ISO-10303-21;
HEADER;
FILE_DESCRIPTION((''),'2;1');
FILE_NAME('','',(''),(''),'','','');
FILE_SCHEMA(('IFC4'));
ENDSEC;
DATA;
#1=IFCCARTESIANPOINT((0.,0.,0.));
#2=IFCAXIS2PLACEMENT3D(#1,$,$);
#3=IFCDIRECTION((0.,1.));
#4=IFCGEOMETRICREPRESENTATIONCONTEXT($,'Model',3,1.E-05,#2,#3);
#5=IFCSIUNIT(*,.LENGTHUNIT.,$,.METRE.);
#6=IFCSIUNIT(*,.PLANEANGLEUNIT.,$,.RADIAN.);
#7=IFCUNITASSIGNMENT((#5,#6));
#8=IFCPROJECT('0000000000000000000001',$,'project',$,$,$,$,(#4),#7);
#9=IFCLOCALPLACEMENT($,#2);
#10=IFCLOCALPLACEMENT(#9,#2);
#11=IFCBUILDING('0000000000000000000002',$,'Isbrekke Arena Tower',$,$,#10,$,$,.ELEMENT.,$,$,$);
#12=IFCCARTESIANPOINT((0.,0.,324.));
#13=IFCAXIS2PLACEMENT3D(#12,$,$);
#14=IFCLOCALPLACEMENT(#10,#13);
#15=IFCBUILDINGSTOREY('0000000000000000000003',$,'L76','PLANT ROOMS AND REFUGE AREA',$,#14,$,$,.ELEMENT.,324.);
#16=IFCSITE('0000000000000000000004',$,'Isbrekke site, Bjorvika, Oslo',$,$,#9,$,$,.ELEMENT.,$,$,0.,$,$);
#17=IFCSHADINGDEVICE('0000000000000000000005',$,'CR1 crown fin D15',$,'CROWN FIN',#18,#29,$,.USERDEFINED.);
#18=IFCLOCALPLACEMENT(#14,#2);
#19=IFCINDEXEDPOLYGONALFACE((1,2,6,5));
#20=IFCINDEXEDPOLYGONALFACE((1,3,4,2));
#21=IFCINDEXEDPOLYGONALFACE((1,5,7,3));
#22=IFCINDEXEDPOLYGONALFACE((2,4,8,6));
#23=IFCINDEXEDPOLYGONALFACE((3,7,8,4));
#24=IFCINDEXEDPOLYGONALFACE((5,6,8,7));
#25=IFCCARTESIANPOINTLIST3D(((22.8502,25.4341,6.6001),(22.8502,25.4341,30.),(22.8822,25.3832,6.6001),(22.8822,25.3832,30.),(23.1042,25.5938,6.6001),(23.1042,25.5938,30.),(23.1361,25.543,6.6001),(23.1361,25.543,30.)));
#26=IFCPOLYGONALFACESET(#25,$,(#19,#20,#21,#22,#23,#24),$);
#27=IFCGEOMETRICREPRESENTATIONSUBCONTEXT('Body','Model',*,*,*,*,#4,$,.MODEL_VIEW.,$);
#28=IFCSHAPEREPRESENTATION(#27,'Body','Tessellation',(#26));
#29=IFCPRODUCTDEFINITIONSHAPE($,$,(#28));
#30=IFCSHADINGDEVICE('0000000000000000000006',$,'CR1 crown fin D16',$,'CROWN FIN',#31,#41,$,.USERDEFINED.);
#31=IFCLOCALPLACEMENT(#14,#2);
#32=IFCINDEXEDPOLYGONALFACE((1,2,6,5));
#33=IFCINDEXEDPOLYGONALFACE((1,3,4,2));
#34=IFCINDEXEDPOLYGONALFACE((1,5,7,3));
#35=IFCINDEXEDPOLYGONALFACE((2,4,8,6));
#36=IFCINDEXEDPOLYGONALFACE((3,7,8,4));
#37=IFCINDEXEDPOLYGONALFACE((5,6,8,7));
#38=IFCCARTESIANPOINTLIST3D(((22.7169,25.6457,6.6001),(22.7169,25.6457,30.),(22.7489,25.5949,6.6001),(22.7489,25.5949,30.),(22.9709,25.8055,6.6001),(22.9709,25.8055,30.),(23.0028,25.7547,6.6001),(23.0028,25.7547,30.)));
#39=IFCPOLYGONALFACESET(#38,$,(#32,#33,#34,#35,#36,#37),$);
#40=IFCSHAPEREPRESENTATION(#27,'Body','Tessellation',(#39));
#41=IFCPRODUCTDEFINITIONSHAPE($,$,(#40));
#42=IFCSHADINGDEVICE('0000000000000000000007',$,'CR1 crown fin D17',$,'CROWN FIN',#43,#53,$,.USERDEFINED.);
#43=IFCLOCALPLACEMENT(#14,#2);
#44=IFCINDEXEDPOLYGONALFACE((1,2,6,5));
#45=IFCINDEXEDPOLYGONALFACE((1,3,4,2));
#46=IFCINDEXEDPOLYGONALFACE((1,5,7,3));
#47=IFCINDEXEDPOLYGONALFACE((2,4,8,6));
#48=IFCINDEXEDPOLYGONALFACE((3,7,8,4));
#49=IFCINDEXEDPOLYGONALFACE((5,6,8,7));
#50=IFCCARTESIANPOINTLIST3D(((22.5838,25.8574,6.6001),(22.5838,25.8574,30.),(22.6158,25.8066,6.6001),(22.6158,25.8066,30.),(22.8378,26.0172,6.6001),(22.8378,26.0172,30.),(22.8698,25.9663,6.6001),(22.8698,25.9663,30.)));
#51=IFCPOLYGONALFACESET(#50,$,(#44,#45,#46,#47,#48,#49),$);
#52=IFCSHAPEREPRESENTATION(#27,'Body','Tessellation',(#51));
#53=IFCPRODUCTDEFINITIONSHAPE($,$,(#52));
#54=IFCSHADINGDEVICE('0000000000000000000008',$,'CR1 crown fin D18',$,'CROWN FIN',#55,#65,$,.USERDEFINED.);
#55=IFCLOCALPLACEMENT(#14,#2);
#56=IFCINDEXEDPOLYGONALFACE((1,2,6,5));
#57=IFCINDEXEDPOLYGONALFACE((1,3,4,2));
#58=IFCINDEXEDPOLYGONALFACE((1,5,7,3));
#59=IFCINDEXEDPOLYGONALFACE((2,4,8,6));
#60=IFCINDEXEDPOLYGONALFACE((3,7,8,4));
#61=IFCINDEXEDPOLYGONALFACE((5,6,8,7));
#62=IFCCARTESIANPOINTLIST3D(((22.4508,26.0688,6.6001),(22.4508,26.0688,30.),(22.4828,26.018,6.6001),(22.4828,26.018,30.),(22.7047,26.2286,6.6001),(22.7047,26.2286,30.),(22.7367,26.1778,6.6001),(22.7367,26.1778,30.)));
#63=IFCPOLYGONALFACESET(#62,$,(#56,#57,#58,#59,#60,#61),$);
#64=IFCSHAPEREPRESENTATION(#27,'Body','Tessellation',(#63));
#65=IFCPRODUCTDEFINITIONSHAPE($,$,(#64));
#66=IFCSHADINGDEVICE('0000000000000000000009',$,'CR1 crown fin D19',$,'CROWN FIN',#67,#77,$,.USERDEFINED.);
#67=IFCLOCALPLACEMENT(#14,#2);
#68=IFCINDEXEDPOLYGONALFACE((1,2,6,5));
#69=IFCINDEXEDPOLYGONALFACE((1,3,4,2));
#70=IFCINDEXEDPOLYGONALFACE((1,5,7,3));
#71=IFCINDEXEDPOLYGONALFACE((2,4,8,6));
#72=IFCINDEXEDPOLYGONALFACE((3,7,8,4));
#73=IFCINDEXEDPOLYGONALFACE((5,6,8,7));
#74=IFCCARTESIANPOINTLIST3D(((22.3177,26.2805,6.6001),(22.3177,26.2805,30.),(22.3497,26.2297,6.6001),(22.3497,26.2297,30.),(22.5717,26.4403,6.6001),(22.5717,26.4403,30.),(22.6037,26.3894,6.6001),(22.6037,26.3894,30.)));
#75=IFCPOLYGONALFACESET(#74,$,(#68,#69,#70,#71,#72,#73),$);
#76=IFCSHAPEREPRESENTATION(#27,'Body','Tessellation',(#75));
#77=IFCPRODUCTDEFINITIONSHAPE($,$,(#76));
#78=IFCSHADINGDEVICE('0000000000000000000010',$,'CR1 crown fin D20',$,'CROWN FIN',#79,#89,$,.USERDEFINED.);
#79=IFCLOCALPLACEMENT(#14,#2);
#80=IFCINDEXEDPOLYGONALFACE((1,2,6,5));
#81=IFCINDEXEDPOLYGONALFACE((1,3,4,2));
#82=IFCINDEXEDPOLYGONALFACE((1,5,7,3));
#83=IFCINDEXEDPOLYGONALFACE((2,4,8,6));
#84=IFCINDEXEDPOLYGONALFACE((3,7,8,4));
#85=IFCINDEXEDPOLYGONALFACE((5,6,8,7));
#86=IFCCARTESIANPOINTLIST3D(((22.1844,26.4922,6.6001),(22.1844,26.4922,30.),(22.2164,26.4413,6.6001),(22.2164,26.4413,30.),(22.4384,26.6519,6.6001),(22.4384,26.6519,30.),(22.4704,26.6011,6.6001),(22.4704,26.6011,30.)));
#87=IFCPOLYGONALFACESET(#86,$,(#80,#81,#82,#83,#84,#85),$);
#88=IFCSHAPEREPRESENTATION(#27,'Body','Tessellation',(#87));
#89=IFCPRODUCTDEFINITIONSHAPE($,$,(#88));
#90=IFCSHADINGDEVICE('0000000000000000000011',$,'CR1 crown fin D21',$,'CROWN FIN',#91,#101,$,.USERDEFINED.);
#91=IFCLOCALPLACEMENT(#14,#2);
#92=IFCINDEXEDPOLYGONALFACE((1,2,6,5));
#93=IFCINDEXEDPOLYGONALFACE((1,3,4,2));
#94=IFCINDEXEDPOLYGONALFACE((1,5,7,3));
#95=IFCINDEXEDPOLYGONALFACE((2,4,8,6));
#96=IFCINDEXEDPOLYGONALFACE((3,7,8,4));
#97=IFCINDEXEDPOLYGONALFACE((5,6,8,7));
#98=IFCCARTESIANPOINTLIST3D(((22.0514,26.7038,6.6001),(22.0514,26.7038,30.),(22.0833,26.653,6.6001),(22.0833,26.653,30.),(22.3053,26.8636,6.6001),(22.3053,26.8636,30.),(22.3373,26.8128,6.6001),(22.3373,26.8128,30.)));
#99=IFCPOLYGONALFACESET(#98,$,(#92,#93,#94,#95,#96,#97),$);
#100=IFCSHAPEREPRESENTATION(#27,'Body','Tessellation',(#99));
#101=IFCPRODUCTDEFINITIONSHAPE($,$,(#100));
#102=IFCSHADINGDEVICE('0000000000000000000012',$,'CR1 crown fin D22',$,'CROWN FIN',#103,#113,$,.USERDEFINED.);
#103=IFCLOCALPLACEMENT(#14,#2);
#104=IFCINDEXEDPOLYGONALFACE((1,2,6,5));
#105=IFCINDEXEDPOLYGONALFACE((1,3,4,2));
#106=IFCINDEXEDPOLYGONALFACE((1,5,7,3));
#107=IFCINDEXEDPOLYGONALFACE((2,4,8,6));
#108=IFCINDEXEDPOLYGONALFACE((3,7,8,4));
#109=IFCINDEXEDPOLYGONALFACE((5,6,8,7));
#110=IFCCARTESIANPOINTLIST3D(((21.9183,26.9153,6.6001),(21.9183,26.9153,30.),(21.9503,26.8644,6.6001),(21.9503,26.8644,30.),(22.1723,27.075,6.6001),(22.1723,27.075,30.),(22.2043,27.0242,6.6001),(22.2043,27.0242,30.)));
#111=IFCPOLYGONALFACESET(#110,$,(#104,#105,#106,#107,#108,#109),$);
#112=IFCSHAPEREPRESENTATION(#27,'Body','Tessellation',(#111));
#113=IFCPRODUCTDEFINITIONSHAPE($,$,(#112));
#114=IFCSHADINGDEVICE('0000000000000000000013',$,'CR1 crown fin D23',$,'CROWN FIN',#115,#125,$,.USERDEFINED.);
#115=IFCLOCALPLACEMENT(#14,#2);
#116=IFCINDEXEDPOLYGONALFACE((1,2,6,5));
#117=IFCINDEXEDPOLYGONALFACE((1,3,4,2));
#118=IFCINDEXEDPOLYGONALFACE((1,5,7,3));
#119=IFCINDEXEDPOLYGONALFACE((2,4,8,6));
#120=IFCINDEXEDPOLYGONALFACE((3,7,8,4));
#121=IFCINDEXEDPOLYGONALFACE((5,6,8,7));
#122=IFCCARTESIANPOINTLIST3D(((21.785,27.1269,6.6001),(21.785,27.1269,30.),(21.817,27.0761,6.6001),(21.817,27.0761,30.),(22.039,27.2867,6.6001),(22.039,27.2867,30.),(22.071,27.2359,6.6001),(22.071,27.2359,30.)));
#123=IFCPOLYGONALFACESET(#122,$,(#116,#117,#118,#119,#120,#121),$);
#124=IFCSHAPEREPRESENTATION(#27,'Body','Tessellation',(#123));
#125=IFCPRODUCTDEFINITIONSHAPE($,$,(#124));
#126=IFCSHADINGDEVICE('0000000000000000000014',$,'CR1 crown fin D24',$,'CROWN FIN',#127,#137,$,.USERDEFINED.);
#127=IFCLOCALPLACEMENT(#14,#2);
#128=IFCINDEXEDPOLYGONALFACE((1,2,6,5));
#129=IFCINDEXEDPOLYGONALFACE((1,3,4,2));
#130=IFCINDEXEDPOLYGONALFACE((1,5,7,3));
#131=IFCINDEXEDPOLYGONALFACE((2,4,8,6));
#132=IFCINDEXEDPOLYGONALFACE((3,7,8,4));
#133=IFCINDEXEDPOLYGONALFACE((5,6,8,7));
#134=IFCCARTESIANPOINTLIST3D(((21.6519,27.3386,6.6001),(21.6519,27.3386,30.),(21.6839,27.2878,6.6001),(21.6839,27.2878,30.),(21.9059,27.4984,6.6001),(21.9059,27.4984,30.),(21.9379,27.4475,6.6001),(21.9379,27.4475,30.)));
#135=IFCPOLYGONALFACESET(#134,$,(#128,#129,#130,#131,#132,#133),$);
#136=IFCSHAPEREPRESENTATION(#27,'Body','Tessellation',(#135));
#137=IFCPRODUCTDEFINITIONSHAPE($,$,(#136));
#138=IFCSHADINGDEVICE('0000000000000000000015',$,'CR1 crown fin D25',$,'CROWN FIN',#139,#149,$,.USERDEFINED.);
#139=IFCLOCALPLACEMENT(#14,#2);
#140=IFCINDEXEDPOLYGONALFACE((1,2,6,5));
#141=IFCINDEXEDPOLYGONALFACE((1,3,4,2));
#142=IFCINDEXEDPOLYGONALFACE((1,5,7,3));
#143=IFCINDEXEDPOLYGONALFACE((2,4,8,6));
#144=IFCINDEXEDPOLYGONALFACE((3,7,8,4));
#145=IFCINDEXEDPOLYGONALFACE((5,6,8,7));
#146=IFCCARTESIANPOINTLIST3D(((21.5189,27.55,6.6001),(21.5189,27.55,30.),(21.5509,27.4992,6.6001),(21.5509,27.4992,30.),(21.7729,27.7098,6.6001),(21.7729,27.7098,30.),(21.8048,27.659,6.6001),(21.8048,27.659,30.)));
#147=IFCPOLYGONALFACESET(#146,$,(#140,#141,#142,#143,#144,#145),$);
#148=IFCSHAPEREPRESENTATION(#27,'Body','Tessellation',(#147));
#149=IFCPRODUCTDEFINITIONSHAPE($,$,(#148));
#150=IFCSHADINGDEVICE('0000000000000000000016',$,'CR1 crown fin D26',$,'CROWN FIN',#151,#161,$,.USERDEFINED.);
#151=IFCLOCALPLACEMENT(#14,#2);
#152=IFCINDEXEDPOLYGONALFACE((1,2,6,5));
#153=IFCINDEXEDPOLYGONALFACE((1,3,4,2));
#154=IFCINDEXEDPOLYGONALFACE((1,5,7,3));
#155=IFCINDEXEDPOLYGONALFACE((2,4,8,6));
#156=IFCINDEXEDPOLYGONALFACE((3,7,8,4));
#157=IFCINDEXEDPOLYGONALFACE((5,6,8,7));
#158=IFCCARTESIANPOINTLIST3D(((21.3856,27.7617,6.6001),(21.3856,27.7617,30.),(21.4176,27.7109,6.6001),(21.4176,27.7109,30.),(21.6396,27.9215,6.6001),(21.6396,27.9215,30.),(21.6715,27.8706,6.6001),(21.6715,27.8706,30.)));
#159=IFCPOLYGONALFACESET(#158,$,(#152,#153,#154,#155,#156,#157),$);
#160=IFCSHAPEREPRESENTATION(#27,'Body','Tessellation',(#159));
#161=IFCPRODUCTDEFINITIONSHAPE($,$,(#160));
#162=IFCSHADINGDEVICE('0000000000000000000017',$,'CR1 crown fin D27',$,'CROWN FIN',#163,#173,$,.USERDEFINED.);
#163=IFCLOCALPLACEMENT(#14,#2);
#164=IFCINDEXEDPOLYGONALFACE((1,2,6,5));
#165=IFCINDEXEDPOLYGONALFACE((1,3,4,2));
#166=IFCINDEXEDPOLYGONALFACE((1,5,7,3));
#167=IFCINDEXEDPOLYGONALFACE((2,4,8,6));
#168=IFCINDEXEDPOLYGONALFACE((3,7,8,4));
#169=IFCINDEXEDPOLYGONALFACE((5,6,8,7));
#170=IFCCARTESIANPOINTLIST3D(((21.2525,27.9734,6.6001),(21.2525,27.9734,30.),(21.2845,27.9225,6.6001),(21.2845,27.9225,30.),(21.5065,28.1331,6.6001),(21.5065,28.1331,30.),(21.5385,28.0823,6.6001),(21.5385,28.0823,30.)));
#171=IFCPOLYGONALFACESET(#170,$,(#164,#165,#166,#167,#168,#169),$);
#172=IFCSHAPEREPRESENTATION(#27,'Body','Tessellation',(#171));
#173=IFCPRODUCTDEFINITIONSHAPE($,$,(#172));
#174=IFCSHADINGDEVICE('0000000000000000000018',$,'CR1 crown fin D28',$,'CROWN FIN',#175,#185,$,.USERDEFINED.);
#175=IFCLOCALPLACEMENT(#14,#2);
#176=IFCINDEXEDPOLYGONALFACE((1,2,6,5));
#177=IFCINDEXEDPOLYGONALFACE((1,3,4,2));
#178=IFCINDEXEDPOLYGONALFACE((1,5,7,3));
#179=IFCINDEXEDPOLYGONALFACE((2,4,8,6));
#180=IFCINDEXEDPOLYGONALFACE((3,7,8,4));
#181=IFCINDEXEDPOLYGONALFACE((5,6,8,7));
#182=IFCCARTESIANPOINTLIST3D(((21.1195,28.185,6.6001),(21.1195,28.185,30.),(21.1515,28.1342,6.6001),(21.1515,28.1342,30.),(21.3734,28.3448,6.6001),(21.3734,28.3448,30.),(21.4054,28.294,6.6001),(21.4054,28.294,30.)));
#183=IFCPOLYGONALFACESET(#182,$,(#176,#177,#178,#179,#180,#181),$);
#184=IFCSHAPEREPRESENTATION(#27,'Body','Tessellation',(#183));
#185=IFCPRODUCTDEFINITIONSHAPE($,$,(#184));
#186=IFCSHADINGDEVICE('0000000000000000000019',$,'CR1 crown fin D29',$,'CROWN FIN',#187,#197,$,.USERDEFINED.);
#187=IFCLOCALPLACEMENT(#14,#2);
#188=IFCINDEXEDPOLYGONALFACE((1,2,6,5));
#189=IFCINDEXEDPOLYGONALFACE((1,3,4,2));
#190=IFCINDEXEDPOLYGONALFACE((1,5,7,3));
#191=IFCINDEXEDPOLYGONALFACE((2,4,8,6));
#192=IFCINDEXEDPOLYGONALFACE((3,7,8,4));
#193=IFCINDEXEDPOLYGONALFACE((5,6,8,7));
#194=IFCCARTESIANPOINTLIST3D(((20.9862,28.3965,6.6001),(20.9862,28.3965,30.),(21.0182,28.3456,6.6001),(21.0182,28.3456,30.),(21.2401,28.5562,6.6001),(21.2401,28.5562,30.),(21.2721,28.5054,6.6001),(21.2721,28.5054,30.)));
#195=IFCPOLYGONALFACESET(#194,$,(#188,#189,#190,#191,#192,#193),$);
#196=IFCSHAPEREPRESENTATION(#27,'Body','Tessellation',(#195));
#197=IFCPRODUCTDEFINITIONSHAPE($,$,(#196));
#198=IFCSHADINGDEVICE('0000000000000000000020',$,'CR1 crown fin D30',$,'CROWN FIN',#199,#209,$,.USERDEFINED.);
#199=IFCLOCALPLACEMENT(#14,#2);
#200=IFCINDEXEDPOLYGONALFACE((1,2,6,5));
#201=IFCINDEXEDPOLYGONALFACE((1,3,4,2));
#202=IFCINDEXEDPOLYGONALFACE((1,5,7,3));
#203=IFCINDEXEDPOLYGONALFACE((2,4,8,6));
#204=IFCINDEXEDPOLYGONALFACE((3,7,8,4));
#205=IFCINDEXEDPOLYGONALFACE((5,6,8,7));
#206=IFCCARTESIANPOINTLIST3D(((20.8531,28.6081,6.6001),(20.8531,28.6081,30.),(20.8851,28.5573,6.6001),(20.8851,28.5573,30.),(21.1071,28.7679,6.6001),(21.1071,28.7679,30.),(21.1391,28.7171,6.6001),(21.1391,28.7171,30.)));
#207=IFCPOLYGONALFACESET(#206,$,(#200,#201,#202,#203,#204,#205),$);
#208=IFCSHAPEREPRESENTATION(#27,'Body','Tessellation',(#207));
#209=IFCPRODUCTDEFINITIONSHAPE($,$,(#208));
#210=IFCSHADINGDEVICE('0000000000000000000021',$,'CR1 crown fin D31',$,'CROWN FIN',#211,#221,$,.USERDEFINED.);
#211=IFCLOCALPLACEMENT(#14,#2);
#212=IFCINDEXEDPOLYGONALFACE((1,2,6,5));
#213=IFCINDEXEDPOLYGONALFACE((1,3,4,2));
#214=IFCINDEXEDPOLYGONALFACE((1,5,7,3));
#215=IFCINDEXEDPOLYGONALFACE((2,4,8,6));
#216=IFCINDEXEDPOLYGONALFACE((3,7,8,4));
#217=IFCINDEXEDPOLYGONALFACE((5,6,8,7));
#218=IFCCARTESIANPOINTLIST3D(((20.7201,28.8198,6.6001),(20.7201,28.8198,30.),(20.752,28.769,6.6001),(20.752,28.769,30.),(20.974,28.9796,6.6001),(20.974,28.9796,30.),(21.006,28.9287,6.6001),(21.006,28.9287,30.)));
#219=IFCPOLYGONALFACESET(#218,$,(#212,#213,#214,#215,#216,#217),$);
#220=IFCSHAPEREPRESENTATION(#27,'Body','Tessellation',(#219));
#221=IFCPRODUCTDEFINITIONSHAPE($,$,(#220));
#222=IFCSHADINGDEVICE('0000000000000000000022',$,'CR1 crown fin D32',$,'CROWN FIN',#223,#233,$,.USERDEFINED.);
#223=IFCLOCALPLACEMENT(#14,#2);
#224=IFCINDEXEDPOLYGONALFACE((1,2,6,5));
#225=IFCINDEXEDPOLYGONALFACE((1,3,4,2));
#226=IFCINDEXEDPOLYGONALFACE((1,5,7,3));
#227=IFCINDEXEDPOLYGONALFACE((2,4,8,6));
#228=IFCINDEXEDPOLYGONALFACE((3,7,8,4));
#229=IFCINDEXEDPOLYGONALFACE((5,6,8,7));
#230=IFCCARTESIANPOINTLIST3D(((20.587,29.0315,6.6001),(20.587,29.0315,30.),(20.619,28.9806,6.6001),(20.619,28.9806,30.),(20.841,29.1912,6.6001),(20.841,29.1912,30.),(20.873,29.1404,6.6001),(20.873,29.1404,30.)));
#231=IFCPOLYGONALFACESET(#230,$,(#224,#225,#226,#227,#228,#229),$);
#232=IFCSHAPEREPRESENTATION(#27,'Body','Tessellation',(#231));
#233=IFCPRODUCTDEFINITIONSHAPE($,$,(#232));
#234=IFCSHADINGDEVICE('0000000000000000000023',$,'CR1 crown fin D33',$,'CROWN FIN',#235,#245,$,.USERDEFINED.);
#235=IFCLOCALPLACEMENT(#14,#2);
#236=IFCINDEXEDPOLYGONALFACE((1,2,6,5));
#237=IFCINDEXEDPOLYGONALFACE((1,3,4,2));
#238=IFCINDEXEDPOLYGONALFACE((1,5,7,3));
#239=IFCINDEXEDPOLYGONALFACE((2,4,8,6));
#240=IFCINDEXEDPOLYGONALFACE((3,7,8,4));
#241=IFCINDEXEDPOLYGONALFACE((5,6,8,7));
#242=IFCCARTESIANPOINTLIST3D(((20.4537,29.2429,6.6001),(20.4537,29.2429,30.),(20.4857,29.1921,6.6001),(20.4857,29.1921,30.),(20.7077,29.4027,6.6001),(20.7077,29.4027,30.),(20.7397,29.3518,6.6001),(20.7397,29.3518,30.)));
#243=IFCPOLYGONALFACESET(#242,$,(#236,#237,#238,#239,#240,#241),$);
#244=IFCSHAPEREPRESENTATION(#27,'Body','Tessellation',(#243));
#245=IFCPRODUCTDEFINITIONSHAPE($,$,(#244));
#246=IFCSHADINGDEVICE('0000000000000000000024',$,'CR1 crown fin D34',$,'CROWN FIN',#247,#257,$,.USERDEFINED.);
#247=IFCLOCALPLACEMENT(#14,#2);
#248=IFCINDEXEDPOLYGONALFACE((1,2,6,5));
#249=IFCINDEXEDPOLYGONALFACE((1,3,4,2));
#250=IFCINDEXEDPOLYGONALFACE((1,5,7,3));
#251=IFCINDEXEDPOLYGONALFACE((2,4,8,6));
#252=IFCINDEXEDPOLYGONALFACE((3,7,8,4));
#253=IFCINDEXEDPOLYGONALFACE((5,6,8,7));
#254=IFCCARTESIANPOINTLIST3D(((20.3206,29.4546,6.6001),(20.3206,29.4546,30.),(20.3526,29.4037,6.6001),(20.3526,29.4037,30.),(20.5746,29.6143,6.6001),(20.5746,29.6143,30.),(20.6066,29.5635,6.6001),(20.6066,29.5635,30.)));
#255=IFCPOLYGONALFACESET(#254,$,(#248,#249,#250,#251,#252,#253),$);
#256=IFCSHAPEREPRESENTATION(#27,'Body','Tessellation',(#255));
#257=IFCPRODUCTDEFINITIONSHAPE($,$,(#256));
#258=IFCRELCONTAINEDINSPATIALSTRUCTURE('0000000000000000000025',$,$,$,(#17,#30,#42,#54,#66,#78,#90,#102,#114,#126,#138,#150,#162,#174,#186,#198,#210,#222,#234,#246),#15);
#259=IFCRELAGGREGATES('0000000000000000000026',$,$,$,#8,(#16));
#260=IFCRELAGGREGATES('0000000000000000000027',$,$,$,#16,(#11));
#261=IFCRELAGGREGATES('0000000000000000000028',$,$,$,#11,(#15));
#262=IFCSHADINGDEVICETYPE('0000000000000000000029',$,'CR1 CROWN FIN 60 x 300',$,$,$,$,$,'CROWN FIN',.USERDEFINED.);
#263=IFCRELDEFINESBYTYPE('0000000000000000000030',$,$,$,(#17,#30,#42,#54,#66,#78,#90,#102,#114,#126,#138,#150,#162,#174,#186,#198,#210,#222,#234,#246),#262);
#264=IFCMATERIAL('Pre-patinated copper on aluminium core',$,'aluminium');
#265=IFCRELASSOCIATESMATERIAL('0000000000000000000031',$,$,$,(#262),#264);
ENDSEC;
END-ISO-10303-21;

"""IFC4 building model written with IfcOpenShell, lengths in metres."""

from ifc_helpers import new_model, si_unit, direction, frame, origin, origin_2d, place, context, subcontext, project, spatial, rectangle, extrude, material, material_profile, profile_set, type_object, element, save


model = new_model("IFC4")

# Units and contexts
model_context = context("Model", 3, precision=1e-05, world=origin(), true_north=direction((0.0, 1.0)))
body_context = subcontext(model_context, "Body", "Model", "MODEL_VIEW")
ifc_project = project(units=[si_unit("LENGTHUNIT", "METRE"), si_unit("PLANEANGLEUNIT", "RADIAN")], contexts=[model_context])

# Site, building, storey
site_placement = place(None, origin())
site = spatial("IfcSite", under=ifc_project, at=site_placement, Name="Isbrekke site, Bjorvika, Oslo", CompositionType="ELEMENT", RefElevation=0.0)
building_placement = place(site_placement, origin())
building = spatial("IfcBuilding", under=site, at=building_placement, Name="Isbrekke Arena Tower", CompositionType="ELEMENT")
storey_placement = place(building_placement, frame((0.0, 0.0, 324.0)))
storey = spatial("IfcBuildingStorey", under=building, at=storey_placement, Name="L76", Description="PLANT ROOMS AND REFUGE AREA", CompositionType="ELEMENT", Elevation=324.0)

# Shading devices
ifc_material = material(Name="Pre-patinated copper on aluminium core", Category="aluminium")
ifc_material_profile = material_profile(ifc_material, rectangle(XDim=0.0601, YDim=0.3, at=origin_2d()), Name="FIN 60X300")
ifc_profile_set = profile_set([ifc_material_profile], Name="Pre-patinated copper on aluminium core")
shading_device_type = type_object("IfcShadingDeviceType", Name="CR1 CROWN FIN 60 x 300", ElementType="CROWN FIN", PredefinedType="USERDEFINED", material=ifc_profile_set)
for number, where, z_axis, x_axis, name in (
    (1, (22.9932, 25.4885, 6.6001), (0.0, 0.0, 1.0), (-0.532529, 0.846412, 0.0), "CR1 crown fin D15"),
    (2, (22.8599, 25.7002, 6.6001), (0.0, 0.0, 1.0), (-0.532529, 0.846412, 0.0), "CR1 crown fin D16"),
    (3, (22.7268, 25.9119, 6.6001), (0.0, 0.0, 1.0), (-0.532529, 0.846412, 0.0), "CR1 crown fin D17"),
    (4, (22.5938, 26.1233, 6.6001), (0.0, 0.0, 1.0), (-0.532529, 0.846412, 0.0), "CR1 crown fin D18"),
    (5, (22.4607, 26.335, 6.6001), (0.0, 0.0, 1.0), (-0.532529, 0.846412, 0.0), "CR1 crown fin D19"),
    (6, (22.3274, 26.5466, 6.6001), (0.0, 0.0, 1.0), (-0.532529, 0.846412, 0.0), "CR1 crown fin D20"),
    (7, (22.1943, 26.7583, 6.6001), (0.0, 0.0, 1.0), (-0.532529, 0.846412, 0.0), "CR1 crown fin D21"),
    (8, (22.0613, 26.9697, 6.6001), (0.0, 0.0, 1.0), (-0.532529, 0.846412, 0.0), "CR1 crown fin D22"),
    (9, (21.928, 27.1814, 6.6001), (0.0, 0.0, 1.0), (-0.532529, 0.846412, 0.0), "CR1 crown fin D23"),
    (10, (21.7949, 27.3931, 6.6001), (0.0, 0.0, 1.0), (-0.532529, 0.846412, 0.0), "CR1 crown fin D24"),
    (11, (21.6619, 27.6045, 6.6001), (0.0, 0.0, 1.0), (-0.532529, 0.846412, 0.0), "CR1 crown fin D25"),
    (12, (21.5286, 27.8162, 6.6001), (0.0, 0.0, 1.0), (-0.532529, 0.846412, 0.0), "CR1 crown fin D26"),
    (13, (21.3955, 28.0278, 6.6001), (0.0, 0.0, 1.0), (-0.532529, 0.846412, 0.0), "CR1 crown fin D27"),
    (14, (21.2625, 28.2395, 6.6001), (0.0, 0.0, 1.0), (-0.532529, 0.846412, 0.0), "CR1 crown fin D28"),
    (15, (21.1292, 28.4509, 6.6001), (0.0, 0.0, 1.0), (-0.532529, 0.846412, 0.0), "CR1 crown fin D29"),
    (16, (20.9961, 28.6626, 6.6001), (0.0, 0.0, 1.0), (-0.532529, 0.846412, 0.0), "CR1 crown fin D30"),
    (17, (20.863, 28.8743, 6.6001), (0.0, 0.0, 1.0), (-0.532529, 0.846412, 0.0), "CR1 crown fin D31"),
    (18, (20.73, 29.0859, 6.6001), (0.0, 0.0, 1.0), (-0.532529, 0.846412, 0.0), "CR1 crown fin D32"),
    (19, (20.5967, 29.2974, 6.6001), (0.0, 0.0, 1.0), (-0.532529, 0.846412, 0.0), "CR1 crown fin D33"),
    (20, (20.4636, 29.509, 6.6001), (0.0, 0.0, 1.0), (-0.532529, 0.846412, 0.0), "CR1 crown fin D34"),
):
    element("IfcShadingDevice", number, at=place(storey_placement, frame(where, z_axis=z_axis, x_axis=x_axis)), inside=storey, type_object=shading_device_type, Name=name, ObjectType="CROWN FIN", PredefinedType="USERDEFINED", context=body_context, shape_type="SweptSolid", body=[
        extrude(rectangle(XDim=0.0601, YDim=0.3, at=origin_2d()), origin(), (0.0, 0.0, 1.0), 23.3999),
    ])

save(model, "model.ifc")
